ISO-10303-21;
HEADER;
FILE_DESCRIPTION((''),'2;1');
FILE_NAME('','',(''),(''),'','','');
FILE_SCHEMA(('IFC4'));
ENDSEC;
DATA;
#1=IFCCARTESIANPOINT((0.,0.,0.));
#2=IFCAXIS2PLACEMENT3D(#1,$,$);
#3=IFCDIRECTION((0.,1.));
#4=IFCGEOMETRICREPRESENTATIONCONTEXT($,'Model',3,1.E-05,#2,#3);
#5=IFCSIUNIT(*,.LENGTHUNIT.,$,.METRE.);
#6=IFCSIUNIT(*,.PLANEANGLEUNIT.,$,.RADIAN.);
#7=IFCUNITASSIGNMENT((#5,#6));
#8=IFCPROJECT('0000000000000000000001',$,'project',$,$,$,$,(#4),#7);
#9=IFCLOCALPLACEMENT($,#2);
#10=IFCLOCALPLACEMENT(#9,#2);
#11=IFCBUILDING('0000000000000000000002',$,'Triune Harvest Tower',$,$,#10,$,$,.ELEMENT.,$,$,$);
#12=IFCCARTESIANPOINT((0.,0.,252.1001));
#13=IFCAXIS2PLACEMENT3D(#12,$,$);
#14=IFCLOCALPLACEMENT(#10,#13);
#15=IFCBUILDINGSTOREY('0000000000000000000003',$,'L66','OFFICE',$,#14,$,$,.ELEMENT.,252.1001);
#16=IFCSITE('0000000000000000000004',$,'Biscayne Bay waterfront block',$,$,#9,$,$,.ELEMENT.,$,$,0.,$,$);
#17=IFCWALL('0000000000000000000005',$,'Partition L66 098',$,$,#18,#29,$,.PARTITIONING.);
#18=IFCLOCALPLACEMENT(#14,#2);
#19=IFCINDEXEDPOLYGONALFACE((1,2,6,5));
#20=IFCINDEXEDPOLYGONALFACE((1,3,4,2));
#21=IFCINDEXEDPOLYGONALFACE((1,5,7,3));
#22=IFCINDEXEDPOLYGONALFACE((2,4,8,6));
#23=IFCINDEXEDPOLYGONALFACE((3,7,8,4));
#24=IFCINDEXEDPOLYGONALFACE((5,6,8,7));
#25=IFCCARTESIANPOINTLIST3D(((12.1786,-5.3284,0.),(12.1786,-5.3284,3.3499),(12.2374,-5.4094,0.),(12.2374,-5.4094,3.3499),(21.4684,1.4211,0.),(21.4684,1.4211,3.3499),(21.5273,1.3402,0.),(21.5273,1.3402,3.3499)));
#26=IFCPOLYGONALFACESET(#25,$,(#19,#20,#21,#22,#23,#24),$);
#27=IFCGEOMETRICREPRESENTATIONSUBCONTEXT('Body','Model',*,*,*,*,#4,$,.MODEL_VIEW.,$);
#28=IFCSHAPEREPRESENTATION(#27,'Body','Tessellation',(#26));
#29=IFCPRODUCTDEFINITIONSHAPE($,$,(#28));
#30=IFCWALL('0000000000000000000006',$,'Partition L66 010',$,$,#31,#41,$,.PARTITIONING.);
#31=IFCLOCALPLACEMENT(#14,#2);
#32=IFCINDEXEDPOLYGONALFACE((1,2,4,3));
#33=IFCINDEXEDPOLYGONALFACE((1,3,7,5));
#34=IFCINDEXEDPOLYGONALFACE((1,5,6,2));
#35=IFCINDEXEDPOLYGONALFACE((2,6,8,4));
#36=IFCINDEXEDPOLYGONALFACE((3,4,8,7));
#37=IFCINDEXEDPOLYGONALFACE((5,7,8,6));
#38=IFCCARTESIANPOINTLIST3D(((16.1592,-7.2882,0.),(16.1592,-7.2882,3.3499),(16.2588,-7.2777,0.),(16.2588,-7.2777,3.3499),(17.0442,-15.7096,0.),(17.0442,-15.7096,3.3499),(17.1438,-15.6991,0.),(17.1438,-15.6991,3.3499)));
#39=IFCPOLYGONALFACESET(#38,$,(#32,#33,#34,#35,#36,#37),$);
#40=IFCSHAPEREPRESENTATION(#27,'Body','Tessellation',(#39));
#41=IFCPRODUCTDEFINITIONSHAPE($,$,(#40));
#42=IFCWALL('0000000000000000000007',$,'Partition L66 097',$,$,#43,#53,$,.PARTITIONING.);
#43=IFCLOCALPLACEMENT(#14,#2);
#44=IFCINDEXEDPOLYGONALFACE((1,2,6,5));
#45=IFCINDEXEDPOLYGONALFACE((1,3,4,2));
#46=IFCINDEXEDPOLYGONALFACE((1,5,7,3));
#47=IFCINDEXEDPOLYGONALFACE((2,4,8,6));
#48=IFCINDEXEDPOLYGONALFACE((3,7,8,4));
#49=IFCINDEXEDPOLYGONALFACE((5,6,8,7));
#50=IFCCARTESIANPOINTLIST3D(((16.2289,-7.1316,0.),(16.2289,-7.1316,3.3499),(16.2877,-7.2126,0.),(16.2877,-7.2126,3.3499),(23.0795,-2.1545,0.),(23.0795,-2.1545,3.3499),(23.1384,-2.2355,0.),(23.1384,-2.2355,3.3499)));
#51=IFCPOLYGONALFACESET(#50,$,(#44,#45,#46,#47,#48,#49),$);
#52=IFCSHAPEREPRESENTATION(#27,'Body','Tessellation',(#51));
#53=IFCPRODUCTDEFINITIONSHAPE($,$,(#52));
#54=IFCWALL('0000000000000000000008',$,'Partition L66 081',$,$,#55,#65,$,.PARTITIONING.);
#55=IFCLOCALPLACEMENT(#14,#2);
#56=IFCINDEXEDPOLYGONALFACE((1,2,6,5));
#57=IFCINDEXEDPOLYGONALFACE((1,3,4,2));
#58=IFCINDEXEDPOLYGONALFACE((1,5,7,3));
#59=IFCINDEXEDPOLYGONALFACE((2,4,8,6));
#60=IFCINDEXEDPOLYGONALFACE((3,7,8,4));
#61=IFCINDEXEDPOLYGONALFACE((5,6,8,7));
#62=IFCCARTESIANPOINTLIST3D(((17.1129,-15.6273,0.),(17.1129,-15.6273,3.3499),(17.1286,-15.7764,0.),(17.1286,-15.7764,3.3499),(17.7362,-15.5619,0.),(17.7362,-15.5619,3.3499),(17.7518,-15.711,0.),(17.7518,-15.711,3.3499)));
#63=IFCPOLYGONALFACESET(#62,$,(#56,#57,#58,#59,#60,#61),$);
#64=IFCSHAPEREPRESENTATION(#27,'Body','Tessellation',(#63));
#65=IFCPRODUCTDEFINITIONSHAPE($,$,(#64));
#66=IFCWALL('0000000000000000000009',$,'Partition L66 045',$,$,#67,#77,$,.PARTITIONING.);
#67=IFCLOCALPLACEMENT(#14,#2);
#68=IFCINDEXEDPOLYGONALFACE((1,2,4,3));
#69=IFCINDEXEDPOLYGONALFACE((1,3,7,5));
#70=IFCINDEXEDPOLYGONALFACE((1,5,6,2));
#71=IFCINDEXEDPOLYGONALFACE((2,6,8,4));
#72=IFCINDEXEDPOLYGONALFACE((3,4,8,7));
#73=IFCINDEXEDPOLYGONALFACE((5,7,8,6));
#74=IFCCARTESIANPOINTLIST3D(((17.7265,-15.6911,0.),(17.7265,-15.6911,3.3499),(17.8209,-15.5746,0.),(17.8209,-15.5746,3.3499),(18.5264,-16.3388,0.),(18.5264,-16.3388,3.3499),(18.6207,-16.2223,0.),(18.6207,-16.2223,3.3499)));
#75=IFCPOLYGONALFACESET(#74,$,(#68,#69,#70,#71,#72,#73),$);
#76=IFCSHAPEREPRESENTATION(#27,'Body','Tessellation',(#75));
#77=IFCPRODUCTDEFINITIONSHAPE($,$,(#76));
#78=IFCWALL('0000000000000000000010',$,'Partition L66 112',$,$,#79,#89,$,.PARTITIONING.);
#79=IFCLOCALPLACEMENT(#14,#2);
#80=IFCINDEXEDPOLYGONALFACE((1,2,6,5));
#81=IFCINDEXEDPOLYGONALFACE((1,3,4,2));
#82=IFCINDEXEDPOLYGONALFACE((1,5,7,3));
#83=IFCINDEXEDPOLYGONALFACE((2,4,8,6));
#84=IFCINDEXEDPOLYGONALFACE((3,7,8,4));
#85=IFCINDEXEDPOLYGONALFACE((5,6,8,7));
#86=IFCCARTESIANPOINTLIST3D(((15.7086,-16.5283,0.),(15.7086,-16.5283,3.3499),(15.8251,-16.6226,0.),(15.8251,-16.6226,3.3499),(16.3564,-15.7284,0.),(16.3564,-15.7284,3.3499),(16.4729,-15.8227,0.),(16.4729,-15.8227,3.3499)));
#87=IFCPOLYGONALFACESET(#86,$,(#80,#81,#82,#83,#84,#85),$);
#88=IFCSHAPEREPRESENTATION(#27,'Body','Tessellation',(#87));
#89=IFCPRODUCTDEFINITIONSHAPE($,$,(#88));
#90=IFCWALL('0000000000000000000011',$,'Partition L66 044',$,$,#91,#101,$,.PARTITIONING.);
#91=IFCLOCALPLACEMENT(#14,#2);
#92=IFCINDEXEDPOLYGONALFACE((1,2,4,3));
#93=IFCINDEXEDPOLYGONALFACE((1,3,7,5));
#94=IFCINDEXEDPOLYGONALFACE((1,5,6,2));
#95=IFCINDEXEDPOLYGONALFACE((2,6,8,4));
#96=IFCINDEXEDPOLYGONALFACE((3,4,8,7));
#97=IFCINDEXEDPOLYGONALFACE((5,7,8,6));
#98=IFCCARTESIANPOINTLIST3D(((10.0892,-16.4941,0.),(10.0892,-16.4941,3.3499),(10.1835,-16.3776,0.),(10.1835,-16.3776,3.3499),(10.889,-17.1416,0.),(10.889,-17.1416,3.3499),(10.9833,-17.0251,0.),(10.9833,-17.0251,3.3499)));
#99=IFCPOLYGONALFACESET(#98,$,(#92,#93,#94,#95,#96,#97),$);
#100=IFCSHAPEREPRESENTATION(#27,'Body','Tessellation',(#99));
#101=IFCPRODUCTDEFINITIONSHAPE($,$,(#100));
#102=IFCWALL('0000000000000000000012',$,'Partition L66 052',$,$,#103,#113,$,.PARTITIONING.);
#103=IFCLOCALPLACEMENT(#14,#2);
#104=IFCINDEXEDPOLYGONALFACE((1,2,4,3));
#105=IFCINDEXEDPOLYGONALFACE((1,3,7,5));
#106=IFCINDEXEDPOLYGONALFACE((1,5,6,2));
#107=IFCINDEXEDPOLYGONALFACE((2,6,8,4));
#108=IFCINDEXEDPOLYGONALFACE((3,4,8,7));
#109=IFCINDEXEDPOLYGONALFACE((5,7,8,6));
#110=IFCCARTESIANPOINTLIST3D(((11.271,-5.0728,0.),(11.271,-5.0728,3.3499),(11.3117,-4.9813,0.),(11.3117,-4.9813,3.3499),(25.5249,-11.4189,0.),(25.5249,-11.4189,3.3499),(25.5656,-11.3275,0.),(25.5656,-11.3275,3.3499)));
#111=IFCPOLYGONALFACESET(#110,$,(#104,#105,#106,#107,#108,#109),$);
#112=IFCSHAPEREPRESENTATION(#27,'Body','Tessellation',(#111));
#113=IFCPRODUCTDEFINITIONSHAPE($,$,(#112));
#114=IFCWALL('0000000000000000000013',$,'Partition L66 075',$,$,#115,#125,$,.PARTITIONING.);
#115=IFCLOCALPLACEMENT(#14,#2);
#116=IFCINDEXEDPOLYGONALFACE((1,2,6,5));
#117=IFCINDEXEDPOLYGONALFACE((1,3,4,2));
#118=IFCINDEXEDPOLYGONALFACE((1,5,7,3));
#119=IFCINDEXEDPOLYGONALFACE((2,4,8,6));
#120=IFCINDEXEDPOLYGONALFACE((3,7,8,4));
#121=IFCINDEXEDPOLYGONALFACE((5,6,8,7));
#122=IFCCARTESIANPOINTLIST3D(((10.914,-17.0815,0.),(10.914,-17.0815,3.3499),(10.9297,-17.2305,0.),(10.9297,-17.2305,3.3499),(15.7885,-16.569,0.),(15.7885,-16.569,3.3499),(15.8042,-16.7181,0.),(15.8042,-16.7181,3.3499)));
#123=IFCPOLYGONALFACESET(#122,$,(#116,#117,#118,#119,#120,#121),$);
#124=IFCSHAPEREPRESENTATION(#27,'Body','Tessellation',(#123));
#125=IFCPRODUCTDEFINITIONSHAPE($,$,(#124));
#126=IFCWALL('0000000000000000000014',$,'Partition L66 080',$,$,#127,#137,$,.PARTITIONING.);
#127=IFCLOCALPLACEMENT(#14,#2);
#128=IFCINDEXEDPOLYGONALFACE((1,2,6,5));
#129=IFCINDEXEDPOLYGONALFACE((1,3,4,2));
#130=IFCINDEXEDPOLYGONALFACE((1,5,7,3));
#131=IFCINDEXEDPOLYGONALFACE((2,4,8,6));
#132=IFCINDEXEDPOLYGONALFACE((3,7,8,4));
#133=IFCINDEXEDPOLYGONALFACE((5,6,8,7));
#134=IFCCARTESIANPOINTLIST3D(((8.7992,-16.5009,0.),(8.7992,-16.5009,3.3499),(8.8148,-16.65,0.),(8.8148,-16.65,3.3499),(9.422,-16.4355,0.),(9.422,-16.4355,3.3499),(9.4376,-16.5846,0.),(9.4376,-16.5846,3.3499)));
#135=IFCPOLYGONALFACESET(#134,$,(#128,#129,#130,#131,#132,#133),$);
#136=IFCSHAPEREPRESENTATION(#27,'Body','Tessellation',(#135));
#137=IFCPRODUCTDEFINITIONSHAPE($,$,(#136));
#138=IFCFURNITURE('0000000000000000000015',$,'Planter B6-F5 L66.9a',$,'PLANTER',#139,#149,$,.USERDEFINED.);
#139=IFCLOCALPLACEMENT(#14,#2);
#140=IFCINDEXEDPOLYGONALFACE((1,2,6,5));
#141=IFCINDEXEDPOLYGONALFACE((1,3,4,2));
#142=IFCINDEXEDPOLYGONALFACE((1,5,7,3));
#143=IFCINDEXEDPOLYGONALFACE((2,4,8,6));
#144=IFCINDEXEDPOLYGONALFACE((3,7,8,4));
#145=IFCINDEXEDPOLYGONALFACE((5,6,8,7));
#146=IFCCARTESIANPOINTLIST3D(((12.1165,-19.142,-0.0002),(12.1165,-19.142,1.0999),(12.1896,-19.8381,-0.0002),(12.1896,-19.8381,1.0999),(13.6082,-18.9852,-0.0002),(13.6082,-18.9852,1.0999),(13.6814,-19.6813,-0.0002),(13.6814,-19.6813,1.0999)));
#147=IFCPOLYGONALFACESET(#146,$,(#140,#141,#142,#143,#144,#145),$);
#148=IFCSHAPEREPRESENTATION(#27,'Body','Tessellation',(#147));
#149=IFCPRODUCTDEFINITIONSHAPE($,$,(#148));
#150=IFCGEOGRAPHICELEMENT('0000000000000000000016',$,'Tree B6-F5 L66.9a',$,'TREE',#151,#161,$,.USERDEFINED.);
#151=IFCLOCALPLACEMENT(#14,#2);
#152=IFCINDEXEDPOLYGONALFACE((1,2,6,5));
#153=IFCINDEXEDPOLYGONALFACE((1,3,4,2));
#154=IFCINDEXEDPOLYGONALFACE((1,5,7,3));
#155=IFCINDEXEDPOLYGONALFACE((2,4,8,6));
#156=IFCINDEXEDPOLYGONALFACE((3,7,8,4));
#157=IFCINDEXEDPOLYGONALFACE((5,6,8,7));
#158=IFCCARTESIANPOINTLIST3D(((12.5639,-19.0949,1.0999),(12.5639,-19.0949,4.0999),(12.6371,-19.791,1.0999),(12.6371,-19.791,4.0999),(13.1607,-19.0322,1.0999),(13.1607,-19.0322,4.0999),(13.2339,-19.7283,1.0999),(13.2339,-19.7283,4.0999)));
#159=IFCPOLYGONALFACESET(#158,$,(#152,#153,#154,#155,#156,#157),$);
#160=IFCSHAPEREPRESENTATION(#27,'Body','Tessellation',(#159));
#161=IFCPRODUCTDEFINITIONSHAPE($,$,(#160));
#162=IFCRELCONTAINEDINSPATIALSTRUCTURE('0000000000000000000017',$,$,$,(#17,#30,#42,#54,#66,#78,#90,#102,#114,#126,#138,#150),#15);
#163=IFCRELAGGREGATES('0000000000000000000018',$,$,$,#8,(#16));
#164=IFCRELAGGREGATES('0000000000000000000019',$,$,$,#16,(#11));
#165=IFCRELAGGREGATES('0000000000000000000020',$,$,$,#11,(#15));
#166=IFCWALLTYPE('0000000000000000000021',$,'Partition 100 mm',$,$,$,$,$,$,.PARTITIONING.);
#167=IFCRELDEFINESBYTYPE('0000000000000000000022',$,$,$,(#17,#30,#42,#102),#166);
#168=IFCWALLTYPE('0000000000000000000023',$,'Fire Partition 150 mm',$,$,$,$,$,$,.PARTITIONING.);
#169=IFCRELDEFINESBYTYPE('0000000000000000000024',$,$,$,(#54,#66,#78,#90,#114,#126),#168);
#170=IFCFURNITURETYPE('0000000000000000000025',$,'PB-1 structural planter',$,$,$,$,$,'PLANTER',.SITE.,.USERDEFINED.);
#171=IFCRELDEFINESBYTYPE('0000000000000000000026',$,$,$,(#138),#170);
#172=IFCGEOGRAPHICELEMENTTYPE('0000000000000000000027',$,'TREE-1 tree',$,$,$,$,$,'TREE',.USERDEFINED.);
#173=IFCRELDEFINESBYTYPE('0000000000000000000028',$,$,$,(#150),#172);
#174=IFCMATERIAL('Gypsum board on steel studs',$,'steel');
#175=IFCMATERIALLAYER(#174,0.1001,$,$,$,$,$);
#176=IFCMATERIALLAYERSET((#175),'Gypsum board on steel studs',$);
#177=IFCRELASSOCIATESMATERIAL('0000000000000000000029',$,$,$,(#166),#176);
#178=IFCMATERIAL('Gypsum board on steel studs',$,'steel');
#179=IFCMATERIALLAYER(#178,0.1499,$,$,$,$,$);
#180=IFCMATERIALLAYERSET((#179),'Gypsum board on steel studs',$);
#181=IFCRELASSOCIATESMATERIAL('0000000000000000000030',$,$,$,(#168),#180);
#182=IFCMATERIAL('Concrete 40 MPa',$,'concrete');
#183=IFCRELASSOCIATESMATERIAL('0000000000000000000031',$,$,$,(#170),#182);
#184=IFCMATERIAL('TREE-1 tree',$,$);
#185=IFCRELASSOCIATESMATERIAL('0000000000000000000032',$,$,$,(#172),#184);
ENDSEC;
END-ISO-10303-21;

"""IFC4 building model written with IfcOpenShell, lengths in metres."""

from ifc_helpers import new_model, si_unit, direction, frame, frame_2d, origin, origin_2d, place, context, subcontext, project, spatial, rectangle, extrude, source, transform, mapped, material, layer, layer_set, type_object, element, save


model = new_model("IFC4")

# Units and contexts
model_context = context("Model", 3, precision=1e-05, world=origin(), true_north=direction((0.0, 1.0)))
body_context = subcontext(model_context, "Body", "Model", "MODEL_VIEW")
ifc_project = project(units=[si_unit("LENGTHUNIT", "METRE"), si_unit("PLANEANGLEUNIT", "RADIAN")], contexts=[model_context])

# Site, building, storey
site_placement = place(None, origin())
site = spatial("IfcSite", under=ifc_project, at=site_placement, Name="Biscayne Bay waterfront block", CompositionType="ELEMENT", RefElevation=0.0)
building_placement = place(site_placement, origin())
building = spatial("IfcBuilding", under=site, at=building_placement, Name="Triune Harvest Tower", CompositionType="ELEMENT")
storey_placement = place(building_placement, frame((0.0, 0.0, 252.1001)))
storey = spatial("IfcBuildingStorey", under=building, at=storey_placement, Name="L66", Description="OFFICE", CompositionType="ELEMENT", Elevation=252.1001)

# Wall
ifc_material_1 = material(Name="Gypsum board on steel studs", Category="steel")
ifc_layer_1 = layer(ifc_material_1, 0.1001)
ifc_layer_set_1 = layer_set([ifc_layer_1], Name="Gypsum board on steel studs")
wall_type_1 = type_object("IfcWallType", Name="Partition 100 mm", PredefinedType="PARTITIONING", material=ifc_layer_set_1)
wall_1_placement = place(storey_placement, frame((12.208, -5.3689, 0.0), z_axis=(0.0, 0.0, 1.0), x_axis=(0.809014, 0.58779, 0.0)))
element("IfcWall", 1, at=wall_1_placement, inside=storey, type_object=wall_type_1, Name="Partition L66 098", PredefinedType="PARTITIONING", context=body_context, shape_type="SweptSolid", body=[
    extrude(rectangle(XDim=11.4829, YDim=0.1001, at=frame_2d((5.7415, 0.0))), origin(), (0.0, 0.0, 1.0), 3.3499),
])

# Walls
shared_shape_1 = source(origin(), body_context, "Body", "SweptSolid", [
    extrude(rectangle(XDim=8.4678, YDim=0.1001, at=frame_2d((4.2339, 0.0))), origin(), (0.0, 0.0, 1.0), 3.3499),
])
for number, where, z_axis, x_axis, name in (
    (2, (16.209, -7.283, 0.0), (0.0, 0.0, 1.0), (0.104515, -0.994523, 0.0), "Partition L66 010"),
    (3, (16.2583, -7.1721, 0.0), (0.0, 0.0, 1.0), (0.809028, 0.58777, 0.0), "Partition L66 097"),
):
    element("IfcWall", number, at=place(storey_placement, frame(where, z_axis=z_axis, x_axis=x_axis)), inside=storey, type_object=wall_type_1, Name=name, PredefinedType="PARTITIONING", context=body_context, shape_type="MappedRepresentation", body=[
        mapped(shared_shape_1, transform((0.0, 0.0, 0.0), scale=1.0)),
    ])
ifc_material_2 = material(Name="Gypsum board on steel studs", Category="steel")
ifc_layer_2 = layer(ifc_material_2, 0.1499)
ifc_layer_set_2 = layer_set([ifc_layer_2], Name="Gypsum board on steel studs")
wall_type_2 = type_object("IfcWallType", Name="Fire Partition 150 mm", PredefinedType="PARTITIONING", material=ifc_layer_set_2)
shared_shape_2 = source(origin(), body_context, "Body", "SweptSolid", [
    extrude(rectangle(XDim=0.6267, YDim=0.1499, at=frame_2d((0.3135, 0.0))), origin(), (0.0, 0.0, 1.0), 3.3499),
])
wall_2_placement = place(storey_placement, frame((17.1206, -15.7019, 0.0), z_axis=(0.0, 0.0, 1.0), x_axis=(0.994535, 0.104401, 0.0)))
element("IfcWall", 4, at=wall_2_placement, inside=storey, type_object=wall_type_2, Name="Partition L66 081", PredefinedType="PARTITIONING", context=body_context, shape_type="MappedRepresentation", body=[
    mapped(shared_shape_2, transform((0.0, 0.0, 0.0), scale=1.0)),
])
shared_shape_3 = source(origin(), body_context, "Body", "SweptSolid", [
    extrude(rectangle(XDim=1.0293, YDim=0.1499, at=frame_2d((0.5146, 0.0))), origin(), (0.0, 0.0, 1.0), 3.3499),
])
for number, where, z_axis, x_axis, name in (
    (5, (17.7737, -15.6328, 0.0), (0.0, 0.0, 1.0), (0.777129, -0.629342, 0.0), "Partition L66 045"),
    (6, (15.7668, -16.5754, 0.0), (0.0, 0.0, 1.0), (0.629342, 0.777129, 0.0), "Partition L66 112"),
):
    element("IfcWall", number, at=place(storey_placement, frame(where, z_axis=z_axis, x_axis=x_axis)), inside=storey, type_object=wall_type_2, Name=name, PredefinedType="PARTITIONING", context=body_context, shape_type="MappedRepresentation", body=[
        mapped(shared_shape_3, transform((0.0, 0.0, 0.0), scale=1.0)),
    ])
shared_shape_4 = source(origin(), body_context, "Body", "SweptSolid", [
    extrude(rectangle(XDim=1.0291, YDim=0.1499, at=frame_2d((0.5146, 0.0))), origin(), (0.0, 0.0, 1.0), 3.3499),
])
wall_3_placement = place(storey_placement, frame((10.1362, -16.4358, 0.0), z_axis=(0.0, 0.0, 1.0), x_axis=(0.777245, -0.629198, 0.0)))
element("IfcWall", 7, at=wall_3_placement, inside=storey, type_object=wall_type_2, Name="Partition L66 044", PredefinedType="PARTITIONING", context=body_context, shape_type="MappedRepresentation", body=[
    mapped(shared_shape_4, transform((0.0, 0.0, 0.0), scale=1.0)),
])
shared_shape_5 = source(origin(), body_context, "Body", "SweptSolid", [
    extrude(rectangle(XDim=15.6028, YDim=0.1001, at=frame_2d((7.8013, 0.0))), origin(), (0.0, 0.0, 1.0), 3.3499),
])
wall_4_placement = place(storey_placement, frame((11.2915, -5.0271, 0.0), z_axis=(0.0, 0.0, 1.0), x_axis=(0.913547, -0.406734, 0.0)))
element("IfcWall", 8, at=wall_4_placement, inside=storey, type_object=wall_type_1, Name="Partition L66 052", PredefinedType="PARTITIONING", context=body_context, shape_type="MappedRepresentation", body=[
    mapped(shared_shape_5, transform((0.0, 0.0, 0.0), scale=1.0)),
])
shared_shape_6 = source(origin(), body_context, "Body", "SweptSolid", [
    extrude(rectangle(XDim=4.9014, YDim=0.1499, at=frame_2d((2.4507, 0.0))), origin(), (0.0, 0.0, 1.0), 3.3499),
])
wall_5_placement = place(storey_placement, frame((10.9219, -17.156, 0.0), z_axis=(0.0, 0.0, 1.0), x_axis=(0.994519, 0.104553, 0.0)))
element("IfcWall", 9, at=wall_5_placement, inside=storey, type_object=wall_type_2, Name="Partition L66 075", PredefinedType="PARTITIONING", context=body_context, shape_type="MappedRepresentation", body=[
    mapped(shared_shape_6, transform((0.0, 0.0, 0.0), scale=1.0)),
])
shared_shape_7 = source(origin(), body_context, "Body", "SweptSolid", [
    extrude(rectangle(XDim=0.6262, YDim=0.1499, at=frame_2d((0.313, 0.0))), origin(), (0.0, 0.0, 1.0), 3.3499),
])
wall_6_placement = place(storey_placement, frame((8.8071, -16.5754, 0.0), z_axis=(0.0, 0.0, 1.0), x_axis=(0.994527, 0.104482, 0.0)))
element("IfcWall", 10, at=wall_6_placement, inside=storey, type_object=wall_type_2, Name="Partition L66 080", PredefinedType="PARTITIONING", context=body_context, shape_type="MappedRepresentation", body=[
    mapped(shared_shape_7, transform((0.0, 0.0, 0.0), scale=1.0)),
])

# Furniture
ifc_material_3 = material(Name="Concrete 40 MPa", Category="concrete")
furniture_type = type_object("IfcFurnitureType", Name="PB-1 structural planter", ElementType="PLANTER", AssemblyPlace="SITE", PredefinedType="USERDEFINED", material=ifc_material_3)
shared_shape_8 = source(origin(), body_context, "Body", "SweptSolid", [
    extrude(rectangle(XDim=1.5, YDim=0.7, at=origin_2d()), origin(), (0.0, 0.0, 1.0), 1.1001),
])
furniture_placement = place(storey_placement, frame((12.8989, -19.4116, -0.0002), z_axis=(0.0, 0.0, 1.0), x_axis=(0.994522, 0.10453, 0.0)))
element("IfcFurniture", 11, at=furniture_placement, inside=storey, type_object=furniture_type, Name="Planter B6-F5 L66.9a", ObjectType="PLANTER", PredefinedType="USERDEFINED", context=body_context, shape_type="MappedRepresentation", body=[
    mapped(shared_shape_8, transform((0.0, 0.0, 0.0), scale=1.0)),
])

# Geographic element
ifc_material_4 = material(Name="TREE-1 tree")
geographic_element_type = type_object("IfcGeographicElementType", Name="TREE-1 tree", ElementType="TREE", PredefinedType="USERDEFINED", material=ifc_material_4)
shared_shape_9 = source(origin(), body_context, "Body", "SweptSolid", [
    extrude(rectangle(XDim=0.6001, YDim=0.7, at=origin_2d()), origin(), (0.0, 0.0, 1.0), 3.0),
])
geographic_element_placement = place(storey_placement, frame((12.8989, -19.4116, 1.0999), z_axis=(0.0, 0.0, 1.0), x_axis=(0.994522, 0.10453, 0.0)))
element("IfcGeographicElement", 12, at=geographic_element_placement, inside=storey, type_object=geographic_element_type, Name="Tree B6-F5 L66.9a", ObjectType="TREE", PredefinedType="USERDEFINED", context=body_context, shape_type="MappedRepresentation", body=[
    mapped(shared_shape_9, transform((0.0, 0.0, 0.0), scale=1.0)),
])

save(model, "model.ifc")
